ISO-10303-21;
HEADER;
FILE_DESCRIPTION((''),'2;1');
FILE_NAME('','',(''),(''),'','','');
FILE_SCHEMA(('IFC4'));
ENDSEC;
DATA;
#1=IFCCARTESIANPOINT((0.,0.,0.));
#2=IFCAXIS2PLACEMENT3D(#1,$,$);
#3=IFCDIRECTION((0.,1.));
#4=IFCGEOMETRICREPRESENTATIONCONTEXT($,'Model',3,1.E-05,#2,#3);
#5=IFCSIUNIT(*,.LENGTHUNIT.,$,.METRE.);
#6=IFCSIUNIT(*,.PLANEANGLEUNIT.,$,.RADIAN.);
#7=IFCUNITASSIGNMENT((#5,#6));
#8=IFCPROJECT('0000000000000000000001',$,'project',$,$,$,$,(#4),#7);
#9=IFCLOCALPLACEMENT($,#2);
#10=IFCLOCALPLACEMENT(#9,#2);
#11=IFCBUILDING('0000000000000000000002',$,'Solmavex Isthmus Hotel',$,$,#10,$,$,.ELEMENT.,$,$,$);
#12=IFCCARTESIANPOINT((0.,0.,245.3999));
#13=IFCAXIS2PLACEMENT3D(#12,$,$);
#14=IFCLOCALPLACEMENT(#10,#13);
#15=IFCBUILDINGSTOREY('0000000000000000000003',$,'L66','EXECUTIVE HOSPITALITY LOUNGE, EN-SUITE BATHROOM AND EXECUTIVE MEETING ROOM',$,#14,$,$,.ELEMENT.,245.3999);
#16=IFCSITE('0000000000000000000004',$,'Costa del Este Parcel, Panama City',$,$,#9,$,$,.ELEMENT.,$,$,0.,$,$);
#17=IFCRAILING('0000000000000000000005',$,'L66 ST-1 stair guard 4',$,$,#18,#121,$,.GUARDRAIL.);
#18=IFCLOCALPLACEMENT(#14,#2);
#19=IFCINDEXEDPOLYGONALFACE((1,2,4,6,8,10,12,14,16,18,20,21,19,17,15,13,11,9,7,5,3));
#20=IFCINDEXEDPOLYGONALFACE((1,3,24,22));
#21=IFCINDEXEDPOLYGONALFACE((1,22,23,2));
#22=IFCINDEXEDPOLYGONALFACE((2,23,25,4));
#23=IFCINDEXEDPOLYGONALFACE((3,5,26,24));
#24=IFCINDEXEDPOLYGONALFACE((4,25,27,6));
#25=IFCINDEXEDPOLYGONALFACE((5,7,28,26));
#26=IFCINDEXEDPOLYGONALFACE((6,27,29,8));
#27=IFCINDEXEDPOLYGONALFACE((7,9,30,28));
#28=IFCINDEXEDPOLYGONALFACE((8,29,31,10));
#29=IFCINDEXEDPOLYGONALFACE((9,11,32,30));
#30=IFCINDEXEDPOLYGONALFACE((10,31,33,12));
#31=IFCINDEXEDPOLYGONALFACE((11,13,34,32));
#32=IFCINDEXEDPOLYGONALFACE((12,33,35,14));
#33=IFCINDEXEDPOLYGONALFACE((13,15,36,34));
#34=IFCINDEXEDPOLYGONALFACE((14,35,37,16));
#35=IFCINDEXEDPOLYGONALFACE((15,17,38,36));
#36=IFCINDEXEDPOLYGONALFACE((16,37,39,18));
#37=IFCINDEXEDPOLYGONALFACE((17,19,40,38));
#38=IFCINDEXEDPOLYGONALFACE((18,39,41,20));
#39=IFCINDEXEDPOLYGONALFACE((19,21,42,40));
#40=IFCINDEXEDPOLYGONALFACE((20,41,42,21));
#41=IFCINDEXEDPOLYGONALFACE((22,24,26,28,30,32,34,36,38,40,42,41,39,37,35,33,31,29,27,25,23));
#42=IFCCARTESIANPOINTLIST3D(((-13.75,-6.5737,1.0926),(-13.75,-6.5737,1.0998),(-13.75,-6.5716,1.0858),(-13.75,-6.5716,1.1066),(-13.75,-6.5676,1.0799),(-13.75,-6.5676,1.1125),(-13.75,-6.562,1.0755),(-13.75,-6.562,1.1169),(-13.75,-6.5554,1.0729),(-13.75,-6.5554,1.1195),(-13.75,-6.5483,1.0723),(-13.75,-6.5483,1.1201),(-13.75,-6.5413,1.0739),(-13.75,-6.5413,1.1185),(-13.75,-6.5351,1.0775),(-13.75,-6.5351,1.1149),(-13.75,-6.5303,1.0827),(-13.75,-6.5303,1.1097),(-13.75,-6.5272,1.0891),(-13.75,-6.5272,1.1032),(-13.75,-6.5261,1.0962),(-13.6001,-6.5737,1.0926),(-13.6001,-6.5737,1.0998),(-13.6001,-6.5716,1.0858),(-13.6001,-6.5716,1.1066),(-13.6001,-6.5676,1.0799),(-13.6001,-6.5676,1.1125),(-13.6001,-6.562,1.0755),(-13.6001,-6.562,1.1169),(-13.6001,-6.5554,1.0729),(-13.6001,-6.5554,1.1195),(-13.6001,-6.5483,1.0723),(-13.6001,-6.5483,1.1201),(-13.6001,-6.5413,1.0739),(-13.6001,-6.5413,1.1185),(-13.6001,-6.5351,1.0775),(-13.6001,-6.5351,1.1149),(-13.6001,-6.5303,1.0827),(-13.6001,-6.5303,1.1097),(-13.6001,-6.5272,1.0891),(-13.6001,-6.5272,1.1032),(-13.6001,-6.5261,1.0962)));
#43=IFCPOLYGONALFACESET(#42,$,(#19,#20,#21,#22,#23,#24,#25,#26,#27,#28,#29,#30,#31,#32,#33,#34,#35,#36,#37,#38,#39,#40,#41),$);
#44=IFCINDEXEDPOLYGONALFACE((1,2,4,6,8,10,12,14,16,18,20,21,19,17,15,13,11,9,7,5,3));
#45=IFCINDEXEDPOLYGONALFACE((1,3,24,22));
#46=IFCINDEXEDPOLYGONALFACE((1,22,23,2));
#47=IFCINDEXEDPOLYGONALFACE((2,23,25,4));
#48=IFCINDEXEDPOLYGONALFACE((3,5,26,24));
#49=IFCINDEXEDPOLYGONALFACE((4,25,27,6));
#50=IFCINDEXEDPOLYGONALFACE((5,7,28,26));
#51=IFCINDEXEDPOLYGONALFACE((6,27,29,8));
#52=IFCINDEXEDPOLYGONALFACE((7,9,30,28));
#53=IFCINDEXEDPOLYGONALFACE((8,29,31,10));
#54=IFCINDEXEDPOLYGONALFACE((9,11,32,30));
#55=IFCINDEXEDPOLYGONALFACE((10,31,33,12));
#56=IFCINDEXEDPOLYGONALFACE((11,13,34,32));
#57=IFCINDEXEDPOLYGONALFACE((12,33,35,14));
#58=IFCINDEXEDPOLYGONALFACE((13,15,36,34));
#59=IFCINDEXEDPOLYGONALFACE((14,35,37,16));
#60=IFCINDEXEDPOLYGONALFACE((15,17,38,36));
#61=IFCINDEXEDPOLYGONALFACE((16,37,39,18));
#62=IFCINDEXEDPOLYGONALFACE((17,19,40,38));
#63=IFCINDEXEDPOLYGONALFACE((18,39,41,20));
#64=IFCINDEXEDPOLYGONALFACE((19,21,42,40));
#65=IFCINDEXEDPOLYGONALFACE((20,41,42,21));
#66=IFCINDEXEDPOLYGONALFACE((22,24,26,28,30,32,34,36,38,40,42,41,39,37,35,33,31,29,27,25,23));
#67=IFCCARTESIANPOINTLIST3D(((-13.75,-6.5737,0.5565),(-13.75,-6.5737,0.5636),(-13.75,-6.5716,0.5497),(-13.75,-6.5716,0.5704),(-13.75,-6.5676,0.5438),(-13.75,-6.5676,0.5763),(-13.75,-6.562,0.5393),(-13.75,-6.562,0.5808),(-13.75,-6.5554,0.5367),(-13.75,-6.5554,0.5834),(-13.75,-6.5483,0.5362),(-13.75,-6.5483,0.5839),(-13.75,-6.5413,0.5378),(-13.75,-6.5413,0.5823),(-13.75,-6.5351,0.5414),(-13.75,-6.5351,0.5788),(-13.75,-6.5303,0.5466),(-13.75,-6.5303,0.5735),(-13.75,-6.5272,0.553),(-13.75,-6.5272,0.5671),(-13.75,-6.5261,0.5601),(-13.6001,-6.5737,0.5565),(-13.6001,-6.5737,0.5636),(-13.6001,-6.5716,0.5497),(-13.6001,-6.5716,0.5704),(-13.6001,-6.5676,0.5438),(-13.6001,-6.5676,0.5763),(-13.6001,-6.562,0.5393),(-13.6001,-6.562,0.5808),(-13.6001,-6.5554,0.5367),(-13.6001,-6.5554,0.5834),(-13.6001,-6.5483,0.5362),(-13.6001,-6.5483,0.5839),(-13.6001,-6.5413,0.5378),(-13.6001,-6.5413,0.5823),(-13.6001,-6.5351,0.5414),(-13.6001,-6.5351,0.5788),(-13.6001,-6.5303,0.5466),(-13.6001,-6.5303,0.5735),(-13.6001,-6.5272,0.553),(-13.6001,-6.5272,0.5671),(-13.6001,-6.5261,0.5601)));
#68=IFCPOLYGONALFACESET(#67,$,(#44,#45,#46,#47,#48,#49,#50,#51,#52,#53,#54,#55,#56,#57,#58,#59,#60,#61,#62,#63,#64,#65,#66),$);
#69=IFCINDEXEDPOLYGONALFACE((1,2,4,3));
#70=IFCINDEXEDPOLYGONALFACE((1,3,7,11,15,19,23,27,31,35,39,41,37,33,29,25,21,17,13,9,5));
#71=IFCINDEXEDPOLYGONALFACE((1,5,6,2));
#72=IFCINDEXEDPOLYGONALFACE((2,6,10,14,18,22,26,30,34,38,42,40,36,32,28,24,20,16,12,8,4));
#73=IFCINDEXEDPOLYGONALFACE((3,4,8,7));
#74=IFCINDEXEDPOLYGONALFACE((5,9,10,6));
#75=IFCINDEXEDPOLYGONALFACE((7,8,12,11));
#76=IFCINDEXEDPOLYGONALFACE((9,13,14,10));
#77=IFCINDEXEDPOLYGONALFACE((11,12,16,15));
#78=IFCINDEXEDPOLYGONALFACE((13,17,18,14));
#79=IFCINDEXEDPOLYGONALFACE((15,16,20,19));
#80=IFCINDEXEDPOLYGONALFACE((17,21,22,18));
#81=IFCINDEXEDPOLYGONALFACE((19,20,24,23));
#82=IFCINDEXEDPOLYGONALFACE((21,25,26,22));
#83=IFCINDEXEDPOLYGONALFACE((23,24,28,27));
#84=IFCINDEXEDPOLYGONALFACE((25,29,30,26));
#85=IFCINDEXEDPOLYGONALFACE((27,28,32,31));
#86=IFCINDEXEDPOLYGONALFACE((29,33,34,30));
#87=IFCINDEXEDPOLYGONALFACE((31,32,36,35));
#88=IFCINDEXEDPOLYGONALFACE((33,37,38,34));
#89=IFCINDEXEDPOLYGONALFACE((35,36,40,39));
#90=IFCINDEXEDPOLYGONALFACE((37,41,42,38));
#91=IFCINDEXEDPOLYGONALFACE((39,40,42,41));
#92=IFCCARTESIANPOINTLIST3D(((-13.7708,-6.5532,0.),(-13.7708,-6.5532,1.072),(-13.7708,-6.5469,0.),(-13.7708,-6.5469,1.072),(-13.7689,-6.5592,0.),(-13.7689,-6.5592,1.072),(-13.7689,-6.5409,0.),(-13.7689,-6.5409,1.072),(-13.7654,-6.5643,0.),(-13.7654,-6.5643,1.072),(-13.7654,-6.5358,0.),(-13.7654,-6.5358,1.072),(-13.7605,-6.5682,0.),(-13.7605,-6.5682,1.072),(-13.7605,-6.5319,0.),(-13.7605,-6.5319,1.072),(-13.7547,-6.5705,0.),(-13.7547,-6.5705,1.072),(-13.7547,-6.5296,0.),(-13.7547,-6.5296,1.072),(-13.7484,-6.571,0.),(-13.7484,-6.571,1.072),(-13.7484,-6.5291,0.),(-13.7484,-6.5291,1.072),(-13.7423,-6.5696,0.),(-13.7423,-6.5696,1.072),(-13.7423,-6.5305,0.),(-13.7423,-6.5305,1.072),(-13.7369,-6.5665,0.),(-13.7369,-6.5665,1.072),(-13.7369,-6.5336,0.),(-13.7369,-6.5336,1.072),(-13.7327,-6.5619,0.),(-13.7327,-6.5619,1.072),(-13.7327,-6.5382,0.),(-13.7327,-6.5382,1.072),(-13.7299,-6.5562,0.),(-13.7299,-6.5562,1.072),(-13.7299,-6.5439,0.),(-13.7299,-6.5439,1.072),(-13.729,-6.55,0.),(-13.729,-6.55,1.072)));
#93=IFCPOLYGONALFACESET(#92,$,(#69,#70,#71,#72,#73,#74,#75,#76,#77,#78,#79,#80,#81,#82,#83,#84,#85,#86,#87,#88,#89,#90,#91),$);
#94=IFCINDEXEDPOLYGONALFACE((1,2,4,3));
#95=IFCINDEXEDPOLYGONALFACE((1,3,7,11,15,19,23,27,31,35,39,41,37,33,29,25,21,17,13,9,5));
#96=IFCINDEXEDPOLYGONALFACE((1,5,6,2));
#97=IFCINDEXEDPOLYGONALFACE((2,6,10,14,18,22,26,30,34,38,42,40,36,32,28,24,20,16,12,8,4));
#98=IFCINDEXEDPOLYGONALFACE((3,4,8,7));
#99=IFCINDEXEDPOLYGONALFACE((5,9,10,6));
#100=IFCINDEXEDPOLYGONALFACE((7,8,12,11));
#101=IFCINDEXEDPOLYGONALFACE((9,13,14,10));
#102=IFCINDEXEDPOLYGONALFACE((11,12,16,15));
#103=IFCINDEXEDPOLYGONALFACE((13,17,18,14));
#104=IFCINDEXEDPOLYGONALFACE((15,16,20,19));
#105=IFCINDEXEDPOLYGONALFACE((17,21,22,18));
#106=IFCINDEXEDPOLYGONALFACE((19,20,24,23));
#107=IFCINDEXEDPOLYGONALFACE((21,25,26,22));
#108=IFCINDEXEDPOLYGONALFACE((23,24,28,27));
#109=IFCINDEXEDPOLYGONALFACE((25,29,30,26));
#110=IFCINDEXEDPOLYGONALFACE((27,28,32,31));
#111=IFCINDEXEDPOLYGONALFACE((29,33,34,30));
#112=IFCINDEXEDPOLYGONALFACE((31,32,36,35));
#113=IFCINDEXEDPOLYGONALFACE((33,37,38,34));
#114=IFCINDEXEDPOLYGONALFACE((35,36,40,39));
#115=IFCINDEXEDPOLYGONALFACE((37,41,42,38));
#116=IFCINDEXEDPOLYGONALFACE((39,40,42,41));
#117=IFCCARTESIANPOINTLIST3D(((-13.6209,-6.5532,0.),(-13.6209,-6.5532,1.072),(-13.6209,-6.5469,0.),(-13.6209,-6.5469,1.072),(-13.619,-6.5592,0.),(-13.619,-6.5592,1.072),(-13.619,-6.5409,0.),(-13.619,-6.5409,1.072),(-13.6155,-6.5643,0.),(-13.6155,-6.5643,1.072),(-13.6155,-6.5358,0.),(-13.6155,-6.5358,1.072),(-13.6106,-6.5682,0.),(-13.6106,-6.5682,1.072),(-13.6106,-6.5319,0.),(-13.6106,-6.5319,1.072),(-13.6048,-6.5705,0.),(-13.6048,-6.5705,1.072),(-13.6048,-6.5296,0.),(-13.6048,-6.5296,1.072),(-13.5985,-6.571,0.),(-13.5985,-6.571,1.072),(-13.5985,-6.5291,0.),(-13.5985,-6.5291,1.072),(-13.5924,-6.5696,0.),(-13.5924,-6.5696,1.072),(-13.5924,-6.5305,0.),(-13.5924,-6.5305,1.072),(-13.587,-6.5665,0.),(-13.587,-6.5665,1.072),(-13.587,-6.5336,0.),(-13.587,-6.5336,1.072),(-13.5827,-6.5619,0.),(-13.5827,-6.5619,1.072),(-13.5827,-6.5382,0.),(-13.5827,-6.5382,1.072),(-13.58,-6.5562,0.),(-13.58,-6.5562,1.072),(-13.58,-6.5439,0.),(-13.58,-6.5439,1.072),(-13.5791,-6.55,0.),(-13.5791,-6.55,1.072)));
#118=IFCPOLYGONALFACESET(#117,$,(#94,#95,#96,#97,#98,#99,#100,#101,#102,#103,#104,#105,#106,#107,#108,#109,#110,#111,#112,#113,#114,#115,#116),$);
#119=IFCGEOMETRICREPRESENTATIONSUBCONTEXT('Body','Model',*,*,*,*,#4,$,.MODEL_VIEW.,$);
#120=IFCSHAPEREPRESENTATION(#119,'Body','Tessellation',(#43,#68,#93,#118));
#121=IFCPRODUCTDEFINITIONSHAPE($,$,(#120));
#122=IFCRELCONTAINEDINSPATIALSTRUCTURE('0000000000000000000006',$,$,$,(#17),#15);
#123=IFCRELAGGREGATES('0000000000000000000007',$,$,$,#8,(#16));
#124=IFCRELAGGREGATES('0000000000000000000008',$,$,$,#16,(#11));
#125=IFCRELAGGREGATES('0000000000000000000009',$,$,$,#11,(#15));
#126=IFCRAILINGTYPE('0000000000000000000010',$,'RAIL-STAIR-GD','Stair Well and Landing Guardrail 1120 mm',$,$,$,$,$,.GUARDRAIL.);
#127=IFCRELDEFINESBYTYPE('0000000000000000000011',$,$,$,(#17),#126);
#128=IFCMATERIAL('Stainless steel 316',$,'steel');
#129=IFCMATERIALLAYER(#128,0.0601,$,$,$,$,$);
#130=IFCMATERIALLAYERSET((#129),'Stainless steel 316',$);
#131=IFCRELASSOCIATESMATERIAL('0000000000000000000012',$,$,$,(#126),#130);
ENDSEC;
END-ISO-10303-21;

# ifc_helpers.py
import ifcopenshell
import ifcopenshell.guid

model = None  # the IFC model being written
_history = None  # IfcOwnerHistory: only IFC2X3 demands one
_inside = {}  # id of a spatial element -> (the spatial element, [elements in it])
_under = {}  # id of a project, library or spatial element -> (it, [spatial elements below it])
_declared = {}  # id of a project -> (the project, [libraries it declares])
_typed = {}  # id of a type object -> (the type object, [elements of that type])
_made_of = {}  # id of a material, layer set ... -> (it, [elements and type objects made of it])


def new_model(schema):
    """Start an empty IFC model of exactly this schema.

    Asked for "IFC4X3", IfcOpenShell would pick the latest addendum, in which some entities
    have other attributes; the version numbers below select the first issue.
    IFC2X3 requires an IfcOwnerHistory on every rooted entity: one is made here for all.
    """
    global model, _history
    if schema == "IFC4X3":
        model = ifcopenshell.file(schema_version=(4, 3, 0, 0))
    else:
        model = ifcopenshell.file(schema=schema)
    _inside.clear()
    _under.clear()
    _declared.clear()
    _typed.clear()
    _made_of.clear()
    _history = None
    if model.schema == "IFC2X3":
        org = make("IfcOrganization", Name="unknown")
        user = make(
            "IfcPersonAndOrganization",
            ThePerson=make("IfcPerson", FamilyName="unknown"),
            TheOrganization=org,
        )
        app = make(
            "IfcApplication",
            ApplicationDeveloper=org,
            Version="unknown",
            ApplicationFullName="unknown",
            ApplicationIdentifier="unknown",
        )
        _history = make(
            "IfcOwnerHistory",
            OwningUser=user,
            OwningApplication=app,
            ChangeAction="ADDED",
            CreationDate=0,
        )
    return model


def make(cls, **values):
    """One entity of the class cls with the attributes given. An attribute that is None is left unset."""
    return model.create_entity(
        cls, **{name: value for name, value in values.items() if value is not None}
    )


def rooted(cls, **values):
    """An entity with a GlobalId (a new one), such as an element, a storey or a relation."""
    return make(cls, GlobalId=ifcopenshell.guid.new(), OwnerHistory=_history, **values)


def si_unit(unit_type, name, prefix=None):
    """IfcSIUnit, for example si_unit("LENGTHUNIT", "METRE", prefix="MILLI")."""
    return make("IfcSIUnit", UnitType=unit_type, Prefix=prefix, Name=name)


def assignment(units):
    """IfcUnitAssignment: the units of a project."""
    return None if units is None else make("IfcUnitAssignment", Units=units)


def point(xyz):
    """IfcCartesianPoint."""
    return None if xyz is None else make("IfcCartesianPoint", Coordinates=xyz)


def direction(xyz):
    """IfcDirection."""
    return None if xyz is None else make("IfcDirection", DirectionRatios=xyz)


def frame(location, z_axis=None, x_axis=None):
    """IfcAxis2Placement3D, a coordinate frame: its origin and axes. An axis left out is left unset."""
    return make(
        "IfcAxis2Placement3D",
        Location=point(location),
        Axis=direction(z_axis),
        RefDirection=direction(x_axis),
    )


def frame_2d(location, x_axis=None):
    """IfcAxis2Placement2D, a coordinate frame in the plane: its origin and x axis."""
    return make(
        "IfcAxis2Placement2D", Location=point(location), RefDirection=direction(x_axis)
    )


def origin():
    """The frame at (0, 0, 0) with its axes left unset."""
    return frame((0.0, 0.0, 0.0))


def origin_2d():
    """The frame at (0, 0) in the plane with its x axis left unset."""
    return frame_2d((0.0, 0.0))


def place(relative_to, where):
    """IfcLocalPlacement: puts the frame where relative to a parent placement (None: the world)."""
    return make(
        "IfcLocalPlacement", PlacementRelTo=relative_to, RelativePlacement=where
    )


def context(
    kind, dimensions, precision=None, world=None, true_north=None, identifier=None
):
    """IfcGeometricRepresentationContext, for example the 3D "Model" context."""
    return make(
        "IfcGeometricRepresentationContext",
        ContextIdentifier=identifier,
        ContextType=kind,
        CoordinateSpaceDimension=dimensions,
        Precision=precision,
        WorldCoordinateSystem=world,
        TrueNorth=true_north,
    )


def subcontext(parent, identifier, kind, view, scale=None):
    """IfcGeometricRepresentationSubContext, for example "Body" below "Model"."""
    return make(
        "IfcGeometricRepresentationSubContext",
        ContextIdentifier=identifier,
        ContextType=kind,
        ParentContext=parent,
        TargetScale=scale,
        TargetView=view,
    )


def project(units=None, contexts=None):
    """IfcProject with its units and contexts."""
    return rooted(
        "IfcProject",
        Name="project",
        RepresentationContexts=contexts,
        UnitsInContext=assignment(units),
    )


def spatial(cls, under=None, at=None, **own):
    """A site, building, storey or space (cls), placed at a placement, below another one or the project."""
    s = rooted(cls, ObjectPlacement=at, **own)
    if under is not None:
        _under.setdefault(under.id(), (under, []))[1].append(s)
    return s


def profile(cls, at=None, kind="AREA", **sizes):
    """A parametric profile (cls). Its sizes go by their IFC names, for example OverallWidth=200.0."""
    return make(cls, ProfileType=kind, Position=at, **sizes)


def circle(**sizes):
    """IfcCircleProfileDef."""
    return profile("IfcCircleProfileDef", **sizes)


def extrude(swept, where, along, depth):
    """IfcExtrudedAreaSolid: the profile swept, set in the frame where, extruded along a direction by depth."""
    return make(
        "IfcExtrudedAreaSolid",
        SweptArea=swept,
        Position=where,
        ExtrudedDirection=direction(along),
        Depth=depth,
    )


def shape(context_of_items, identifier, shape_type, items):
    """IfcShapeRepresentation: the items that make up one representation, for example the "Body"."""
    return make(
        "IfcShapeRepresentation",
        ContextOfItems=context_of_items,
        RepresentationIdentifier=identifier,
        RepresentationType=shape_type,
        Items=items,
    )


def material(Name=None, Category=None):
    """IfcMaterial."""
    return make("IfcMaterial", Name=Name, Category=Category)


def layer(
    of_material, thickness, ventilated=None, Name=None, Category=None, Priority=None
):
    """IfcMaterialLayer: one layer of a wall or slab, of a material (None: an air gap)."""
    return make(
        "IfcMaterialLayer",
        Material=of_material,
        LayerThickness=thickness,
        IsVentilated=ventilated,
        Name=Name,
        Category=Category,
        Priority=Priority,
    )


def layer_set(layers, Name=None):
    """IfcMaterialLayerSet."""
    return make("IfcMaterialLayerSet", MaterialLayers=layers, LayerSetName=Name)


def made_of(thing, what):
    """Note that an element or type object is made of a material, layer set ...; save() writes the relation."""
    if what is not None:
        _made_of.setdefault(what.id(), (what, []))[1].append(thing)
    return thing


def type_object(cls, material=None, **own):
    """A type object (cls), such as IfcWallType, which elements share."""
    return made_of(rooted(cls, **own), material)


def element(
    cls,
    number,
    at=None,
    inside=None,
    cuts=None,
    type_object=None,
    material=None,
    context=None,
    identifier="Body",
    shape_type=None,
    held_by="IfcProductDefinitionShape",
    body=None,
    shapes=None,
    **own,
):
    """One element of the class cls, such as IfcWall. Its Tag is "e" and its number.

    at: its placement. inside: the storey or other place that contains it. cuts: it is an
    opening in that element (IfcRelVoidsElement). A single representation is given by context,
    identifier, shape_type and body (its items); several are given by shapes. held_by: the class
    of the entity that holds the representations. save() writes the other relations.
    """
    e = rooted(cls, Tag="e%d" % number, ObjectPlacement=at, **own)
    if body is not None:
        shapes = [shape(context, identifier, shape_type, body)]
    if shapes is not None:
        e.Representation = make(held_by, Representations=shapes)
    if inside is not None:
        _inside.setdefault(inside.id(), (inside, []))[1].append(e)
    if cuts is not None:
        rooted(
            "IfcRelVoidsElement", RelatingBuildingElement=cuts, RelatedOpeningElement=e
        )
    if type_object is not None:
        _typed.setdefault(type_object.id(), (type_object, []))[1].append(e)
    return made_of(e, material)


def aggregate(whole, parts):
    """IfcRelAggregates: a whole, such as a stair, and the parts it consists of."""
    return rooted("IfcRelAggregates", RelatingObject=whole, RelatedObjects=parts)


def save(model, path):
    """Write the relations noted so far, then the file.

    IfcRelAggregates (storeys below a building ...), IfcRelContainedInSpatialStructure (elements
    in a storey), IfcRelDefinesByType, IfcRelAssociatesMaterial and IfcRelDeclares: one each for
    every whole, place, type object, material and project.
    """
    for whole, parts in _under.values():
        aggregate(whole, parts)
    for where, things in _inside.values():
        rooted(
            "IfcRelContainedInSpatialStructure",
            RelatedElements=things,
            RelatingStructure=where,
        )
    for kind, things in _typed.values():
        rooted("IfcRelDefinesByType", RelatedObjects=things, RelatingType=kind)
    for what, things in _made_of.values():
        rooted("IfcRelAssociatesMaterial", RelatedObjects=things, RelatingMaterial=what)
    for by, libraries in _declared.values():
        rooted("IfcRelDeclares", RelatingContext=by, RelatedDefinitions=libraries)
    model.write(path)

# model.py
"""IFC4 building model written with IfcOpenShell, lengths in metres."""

from ifc_helpers import new_model, si_unit, direction, frame, origin, origin_2d, place, context, subcontext, project, spatial, circle, extrude, material, layer, layer_set, type_object, element, save


model = new_model("IFC4")

# Units and contexts
model_context = context("Model", 3, precision=1e-05, world=origin(), true_north=direction((0.0, 1.0)))
body_context = subcontext(model_context, "Body", "Model", "MODEL_VIEW")
ifc_project = project(units=[si_unit("LENGTHUNIT", "METRE"), si_unit("PLANEANGLEUNIT", "RADIAN")], contexts=[model_context])

# Site, building, storey
site_placement = place(None, origin())
site = spatial("IfcSite", under=ifc_project, at=site_placement, Name="Costa del Este Parcel, Panama City", CompositionType="ELEMENT", RefElevation=0.0)
building_placement = place(site_placement, origin())
building = spatial("IfcBuilding", under=site, at=building_placement, Name="Solmavex Isthmus Hotel", CompositionType="ELEMENT")
storey_placement = place(building_placement, frame((0.0, 0.0, 245.3999)))
storey = spatial("IfcBuildingStorey", under=building, at=storey_placement, Name="L66", Description="EXECUTIVE HOSPITALITY LOUNGE, EN-SUITE BATHROOM AND EXECUTIVE MEETING ROOM", CompositionType="ELEMENT", Elevation=245.3999)

# Railing
ifc_material_1 = material(Name="Stainless steel 316", Category="steel")
ifc_layer_1 = layer(ifc_material_1, 0.0601)
ifc_layer_set_1 = layer_set([ifc_layer_1], Name="Stainless steel 316")
railing_type_1 = type_object("IfcRailingType", Name="RAIL-STAIR-GD", Description="Stair Well and Landing Guardrail 1120 mm", PredefinedType="GUARDRAIL", material=ifc_layer_set_1)
railing_1_placement = place(storey_placement, frame((-13.75, -6.55, 0.0)))
element("IfcRailing", 1, at=railing_1_placement, inside=storey, type_object=railing_type_1, Name="L66 ST-1 stair guard 4", PredefinedType="GUARDRAIL", context=body_context, shape_type="SweptSolid", body=[
    extrude(circle(Radius=0.0239, at=origin_2d()), frame((0.0, 0.0, 1.0962), z_axis=(1.0, 0.0, 0.0), x_axis=(0.0, 1.0, 0.0)), (0.0, 0.0, 1.0), 0.1499),
    extrude(circle(Radius=0.0239, at=origin_2d()), frame((0.0, 0.0, 0.5601), z_axis=(1.0, 0.0, 0.0), x_axis=(0.0, 1.0, 0.0)), (0.0, 0.0, 1.0), 0.1499),
    extrude(circle(Radius=0.021, at=origin_2d()), origin(), (0.0, 0.0, 1.0), 1.072),
    extrude(circle(Radius=0.021, at=origin_2d()), frame((0.1499, 0.0, 0.0)), (0.0, 0.0, 1.0), 1.072),
])

save(model, "model.ifc")
